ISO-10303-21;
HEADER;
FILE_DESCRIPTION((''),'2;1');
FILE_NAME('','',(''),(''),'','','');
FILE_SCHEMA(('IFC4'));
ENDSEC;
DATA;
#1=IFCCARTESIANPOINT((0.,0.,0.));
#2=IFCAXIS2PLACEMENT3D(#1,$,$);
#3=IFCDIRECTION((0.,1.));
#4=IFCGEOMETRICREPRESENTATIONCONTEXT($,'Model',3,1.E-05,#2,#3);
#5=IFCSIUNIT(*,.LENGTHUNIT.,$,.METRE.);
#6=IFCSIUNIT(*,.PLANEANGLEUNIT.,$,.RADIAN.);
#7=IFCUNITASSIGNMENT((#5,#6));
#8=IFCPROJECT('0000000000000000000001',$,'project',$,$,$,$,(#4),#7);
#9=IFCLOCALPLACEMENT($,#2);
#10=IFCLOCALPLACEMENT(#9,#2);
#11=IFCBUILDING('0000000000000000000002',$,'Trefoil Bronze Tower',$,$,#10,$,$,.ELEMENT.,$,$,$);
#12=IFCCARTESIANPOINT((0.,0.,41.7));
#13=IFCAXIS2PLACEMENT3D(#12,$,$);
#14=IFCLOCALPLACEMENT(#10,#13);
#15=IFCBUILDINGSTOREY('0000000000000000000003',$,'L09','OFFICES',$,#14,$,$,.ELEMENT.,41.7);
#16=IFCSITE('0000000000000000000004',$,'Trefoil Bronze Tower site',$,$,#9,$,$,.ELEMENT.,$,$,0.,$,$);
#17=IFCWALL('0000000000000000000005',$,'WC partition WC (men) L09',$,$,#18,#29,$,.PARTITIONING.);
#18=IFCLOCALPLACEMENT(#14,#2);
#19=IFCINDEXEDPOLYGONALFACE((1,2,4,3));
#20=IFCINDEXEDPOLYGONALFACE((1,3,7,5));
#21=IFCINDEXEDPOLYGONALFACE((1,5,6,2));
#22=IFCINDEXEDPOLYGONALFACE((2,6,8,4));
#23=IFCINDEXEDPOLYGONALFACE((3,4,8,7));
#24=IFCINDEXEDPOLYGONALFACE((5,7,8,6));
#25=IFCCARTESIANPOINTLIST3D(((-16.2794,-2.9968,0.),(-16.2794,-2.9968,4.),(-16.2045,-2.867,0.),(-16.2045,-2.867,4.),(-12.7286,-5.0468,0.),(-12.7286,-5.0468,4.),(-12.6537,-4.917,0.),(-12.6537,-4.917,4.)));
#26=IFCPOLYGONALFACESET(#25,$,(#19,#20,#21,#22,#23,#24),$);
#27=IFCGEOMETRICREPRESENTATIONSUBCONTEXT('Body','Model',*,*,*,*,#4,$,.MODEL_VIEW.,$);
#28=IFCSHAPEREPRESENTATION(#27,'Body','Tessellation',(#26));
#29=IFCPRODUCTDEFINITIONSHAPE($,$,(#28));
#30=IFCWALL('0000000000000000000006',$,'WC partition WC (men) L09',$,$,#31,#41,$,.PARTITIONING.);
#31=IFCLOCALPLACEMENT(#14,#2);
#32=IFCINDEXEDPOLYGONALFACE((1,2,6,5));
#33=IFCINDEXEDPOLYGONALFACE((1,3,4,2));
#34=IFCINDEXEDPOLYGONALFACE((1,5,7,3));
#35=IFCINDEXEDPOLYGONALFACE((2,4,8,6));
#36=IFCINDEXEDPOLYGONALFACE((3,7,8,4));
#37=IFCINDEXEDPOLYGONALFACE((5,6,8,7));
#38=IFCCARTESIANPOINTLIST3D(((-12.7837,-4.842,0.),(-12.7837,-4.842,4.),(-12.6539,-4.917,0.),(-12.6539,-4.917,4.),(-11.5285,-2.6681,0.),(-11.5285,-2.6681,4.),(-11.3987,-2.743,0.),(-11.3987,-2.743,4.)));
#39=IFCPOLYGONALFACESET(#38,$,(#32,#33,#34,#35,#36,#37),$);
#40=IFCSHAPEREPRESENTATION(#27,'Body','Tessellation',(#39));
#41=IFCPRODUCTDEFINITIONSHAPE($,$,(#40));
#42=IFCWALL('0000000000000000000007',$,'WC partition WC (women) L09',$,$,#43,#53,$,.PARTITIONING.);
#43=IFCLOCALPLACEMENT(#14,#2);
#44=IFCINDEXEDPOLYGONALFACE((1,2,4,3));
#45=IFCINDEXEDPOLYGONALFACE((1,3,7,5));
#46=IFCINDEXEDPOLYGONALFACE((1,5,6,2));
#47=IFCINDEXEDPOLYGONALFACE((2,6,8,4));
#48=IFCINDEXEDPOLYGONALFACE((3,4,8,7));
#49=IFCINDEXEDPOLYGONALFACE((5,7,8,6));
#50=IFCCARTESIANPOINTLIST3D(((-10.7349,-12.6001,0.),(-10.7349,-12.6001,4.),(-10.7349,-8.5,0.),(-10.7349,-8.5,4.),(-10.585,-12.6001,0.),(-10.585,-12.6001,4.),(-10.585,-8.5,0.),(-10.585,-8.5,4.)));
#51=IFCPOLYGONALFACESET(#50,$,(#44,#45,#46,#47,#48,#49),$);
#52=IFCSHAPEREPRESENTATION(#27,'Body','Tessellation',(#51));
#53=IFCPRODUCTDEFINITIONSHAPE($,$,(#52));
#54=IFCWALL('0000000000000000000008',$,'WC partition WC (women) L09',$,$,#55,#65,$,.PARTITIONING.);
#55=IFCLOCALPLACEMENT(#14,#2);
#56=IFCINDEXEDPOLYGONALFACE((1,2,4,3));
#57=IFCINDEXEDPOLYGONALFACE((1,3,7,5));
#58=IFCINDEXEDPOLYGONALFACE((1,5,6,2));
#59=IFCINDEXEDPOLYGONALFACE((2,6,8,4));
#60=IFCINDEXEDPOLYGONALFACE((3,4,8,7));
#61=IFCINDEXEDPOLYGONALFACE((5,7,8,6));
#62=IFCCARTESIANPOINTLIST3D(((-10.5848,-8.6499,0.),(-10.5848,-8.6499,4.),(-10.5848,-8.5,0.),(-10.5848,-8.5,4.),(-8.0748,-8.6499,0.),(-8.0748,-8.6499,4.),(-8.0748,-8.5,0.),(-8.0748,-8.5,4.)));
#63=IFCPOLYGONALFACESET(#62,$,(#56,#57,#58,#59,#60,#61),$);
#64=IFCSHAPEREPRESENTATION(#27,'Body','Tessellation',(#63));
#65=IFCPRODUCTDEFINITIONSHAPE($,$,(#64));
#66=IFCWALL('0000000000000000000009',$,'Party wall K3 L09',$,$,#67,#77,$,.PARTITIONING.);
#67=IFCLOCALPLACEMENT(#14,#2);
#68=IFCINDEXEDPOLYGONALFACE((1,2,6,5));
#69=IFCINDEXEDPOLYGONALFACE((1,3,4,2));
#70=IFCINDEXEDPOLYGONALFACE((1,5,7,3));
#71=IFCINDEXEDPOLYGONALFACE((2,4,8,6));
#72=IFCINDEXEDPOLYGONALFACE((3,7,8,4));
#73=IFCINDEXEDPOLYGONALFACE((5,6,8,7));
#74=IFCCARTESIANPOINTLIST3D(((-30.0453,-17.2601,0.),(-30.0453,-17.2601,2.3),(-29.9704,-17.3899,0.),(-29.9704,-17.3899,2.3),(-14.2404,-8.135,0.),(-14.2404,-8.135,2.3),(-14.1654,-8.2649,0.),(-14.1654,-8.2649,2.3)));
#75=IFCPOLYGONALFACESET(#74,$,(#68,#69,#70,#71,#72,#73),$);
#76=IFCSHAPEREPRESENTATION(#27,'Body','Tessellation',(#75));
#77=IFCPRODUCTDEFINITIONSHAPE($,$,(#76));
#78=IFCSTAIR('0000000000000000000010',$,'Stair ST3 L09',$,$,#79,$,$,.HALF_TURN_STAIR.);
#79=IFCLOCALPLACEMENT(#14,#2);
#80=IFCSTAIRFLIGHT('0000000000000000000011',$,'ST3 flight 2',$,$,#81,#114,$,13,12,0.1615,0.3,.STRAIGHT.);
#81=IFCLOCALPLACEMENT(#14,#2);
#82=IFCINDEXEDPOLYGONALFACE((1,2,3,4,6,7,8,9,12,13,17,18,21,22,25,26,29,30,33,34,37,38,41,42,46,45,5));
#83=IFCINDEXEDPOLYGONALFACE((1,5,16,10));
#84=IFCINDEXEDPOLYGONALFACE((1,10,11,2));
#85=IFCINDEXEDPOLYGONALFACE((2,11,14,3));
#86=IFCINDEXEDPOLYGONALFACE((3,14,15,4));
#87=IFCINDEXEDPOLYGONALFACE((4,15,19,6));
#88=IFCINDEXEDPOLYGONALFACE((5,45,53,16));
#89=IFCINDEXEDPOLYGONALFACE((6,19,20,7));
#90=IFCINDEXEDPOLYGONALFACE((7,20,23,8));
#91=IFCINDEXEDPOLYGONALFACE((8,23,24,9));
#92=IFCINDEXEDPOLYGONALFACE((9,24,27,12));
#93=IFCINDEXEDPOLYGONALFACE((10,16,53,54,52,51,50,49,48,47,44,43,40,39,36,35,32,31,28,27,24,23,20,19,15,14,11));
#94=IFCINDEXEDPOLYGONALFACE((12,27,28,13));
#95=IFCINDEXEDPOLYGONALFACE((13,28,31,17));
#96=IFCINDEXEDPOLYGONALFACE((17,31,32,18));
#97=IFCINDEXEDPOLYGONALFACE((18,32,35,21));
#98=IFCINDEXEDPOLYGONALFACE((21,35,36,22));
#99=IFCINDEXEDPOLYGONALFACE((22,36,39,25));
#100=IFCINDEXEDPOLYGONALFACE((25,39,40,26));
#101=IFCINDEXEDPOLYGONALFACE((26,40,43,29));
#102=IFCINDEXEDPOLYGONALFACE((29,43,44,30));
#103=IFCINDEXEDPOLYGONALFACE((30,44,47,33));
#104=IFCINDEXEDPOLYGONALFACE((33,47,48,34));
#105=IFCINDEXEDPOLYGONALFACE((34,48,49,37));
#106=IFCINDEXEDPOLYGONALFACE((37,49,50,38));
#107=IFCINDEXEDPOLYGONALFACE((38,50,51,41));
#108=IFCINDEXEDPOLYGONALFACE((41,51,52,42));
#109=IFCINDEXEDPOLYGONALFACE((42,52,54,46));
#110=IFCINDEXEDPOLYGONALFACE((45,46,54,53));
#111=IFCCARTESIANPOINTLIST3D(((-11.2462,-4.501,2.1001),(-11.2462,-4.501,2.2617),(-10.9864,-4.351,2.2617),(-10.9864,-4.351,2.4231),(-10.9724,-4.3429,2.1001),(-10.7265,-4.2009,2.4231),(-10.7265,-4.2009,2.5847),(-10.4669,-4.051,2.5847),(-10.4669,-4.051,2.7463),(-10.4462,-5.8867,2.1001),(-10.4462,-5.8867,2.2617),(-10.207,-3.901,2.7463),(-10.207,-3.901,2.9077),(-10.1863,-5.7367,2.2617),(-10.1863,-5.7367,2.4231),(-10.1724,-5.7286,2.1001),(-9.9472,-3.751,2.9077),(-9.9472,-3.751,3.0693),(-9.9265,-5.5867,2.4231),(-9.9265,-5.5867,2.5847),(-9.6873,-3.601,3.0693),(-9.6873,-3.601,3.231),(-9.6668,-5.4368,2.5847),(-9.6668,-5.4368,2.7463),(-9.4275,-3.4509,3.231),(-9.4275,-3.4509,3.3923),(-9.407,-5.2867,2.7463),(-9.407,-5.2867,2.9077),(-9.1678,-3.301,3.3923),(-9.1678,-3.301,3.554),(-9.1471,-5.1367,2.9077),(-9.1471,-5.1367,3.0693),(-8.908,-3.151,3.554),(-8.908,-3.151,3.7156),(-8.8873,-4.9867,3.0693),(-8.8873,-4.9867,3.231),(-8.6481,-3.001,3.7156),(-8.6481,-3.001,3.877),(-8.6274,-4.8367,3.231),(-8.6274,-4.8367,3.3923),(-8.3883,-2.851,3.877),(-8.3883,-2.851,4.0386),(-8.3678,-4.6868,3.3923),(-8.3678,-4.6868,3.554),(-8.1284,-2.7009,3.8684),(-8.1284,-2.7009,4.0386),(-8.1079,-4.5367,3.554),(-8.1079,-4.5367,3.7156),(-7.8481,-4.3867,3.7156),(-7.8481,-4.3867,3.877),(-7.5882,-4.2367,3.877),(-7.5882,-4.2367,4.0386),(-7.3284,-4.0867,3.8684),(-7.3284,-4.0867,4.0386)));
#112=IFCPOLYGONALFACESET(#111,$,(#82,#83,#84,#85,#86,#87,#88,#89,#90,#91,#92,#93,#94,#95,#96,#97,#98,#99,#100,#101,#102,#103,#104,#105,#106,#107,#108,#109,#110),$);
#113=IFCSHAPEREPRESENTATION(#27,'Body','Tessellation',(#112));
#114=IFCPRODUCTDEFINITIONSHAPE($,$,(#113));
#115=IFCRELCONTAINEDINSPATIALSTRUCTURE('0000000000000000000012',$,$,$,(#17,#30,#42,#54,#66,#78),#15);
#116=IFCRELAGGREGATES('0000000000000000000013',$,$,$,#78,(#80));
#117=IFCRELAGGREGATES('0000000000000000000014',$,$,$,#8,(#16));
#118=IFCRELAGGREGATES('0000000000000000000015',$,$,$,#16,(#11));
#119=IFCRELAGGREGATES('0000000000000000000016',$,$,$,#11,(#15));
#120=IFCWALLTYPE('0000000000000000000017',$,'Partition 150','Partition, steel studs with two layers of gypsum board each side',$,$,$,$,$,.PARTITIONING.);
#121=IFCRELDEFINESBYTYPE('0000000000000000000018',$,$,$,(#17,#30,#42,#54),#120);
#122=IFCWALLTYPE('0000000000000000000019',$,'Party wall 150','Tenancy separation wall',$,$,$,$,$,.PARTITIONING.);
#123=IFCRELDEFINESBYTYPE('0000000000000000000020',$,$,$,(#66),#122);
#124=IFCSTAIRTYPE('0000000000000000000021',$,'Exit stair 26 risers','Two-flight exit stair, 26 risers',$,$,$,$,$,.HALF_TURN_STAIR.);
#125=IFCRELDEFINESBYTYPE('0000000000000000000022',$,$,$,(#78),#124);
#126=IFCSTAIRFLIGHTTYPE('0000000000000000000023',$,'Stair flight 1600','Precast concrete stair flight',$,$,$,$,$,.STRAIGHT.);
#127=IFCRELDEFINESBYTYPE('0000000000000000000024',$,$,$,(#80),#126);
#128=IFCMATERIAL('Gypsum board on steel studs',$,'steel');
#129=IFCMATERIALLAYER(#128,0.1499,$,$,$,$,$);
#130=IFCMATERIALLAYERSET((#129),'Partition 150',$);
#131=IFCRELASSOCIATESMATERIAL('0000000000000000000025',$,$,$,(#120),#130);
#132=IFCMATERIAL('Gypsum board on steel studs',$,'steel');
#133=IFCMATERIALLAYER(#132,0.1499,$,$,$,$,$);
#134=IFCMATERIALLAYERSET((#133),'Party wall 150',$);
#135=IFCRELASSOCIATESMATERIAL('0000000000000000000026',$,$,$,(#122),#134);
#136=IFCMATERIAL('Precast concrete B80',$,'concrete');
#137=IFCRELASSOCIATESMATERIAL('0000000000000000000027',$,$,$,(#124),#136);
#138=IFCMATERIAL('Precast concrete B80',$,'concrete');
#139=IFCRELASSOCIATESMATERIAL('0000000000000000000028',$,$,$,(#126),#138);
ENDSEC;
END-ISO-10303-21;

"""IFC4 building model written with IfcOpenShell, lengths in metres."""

from ifc_helpers import new_model, si_unit, direction, frame, frame_2d, origin, place, context, subcontext, project, spatial, polyline, rectangle, outline, extrude, material, layer, layer_set, type_object, element, aggregate, save


model = new_model("IFC4")

# Units and contexts
model_context = context("Model", 3, precision=1e-05, world=origin(), true_north=direction((0.0, 1.0)))
body_context = subcontext(model_context, "Body", "Model", "MODEL_VIEW")
ifc_project = project(units=[si_unit("LENGTHUNIT", "METRE"), si_unit("PLANEANGLEUNIT", "RADIAN")], contexts=[model_context])

# Site, building, storey
site_placement = place(None, origin())
site = spatial("IfcSite", under=ifc_project, at=site_placement, Name="Trefoil Bronze Tower site", CompositionType="ELEMENT", RefElevation=0.0)
building_placement = place(site_placement, origin())
building = spatial("IfcBuilding", under=site, at=building_placement, Name="Trefoil Bronze Tower", CompositionType="ELEMENT")
storey_placement = place(building_placement, frame((0.0, 0.0, 41.7)))
storey = spatial("IfcBuildingStorey", under=building, at=storey_placement, Name="L09", Description="OFFICES", CompositionType="ELEMENT", Elevation=41.7)

# Shared definitions
ifc_material_1 = material(Name="Gypsum board on steel studs", Category="steel")
ifc_layer_1 = layer(ifc_material_1, 0.1499)
ifc_layer_set_1 = layer_set([ifc_layer_1], Name="Partition 150")
wall_type_1 = type_object("IfcWallType", Name="Partition 150", Description="Partition, steel studs with two layers of gypsum board each side", PredefinedType="PARTITIONING", material=ifc_layer_set_1)

# Walls
wall_1_placement = place(storey_placement, frame((-12.6912, -4.9819, 0.0), z_axis=(0.0, 0.0, 1.0), x_axis=(-0.866025, 0.500001, 0.0)))
element("IfcWall", 1, at=wall_1_placement, inside=storey, type_object=wall_type_1, Name="WC partition WC (men) L09", PredefinedType="PARTITIONING", context=body_context, shape_type="SweptSolid", body=[
    extrude(rectangle(XDim=4.1001, YDim=0.1499, at=frame_2d((2.05, 0.0))), origin(), (0.0, 0.0, 1.0), 4.0),
])
wall_2_placement = place(storey_placement, frame((-11.4636, -2.7056, 0.0), z_axis=(0.0, 0.0, 1.0), x_axis=(-0.50002, -0.866014, 0.0)))
element("IfcWall", 2, at=wall_2_placement, inside=storey, type_object=wall_type_1, Name="WC partition WC (men) L09", PredefinedType="PARTITIONING", context=body_context, shape_type="SweptSolid", body=[
    extrude(rectangle(XDim=2.5103, YDim=0.1499, at=frame_2d((1.2551, 0.0))), origin(), (0.0, 0.0, 1.0), 4.0),
])
wall_3_placement = place(storey_placement, frame((-10.6599, -8.5, 0.0), z_axis=(0.0, 0.0, 1.0), x_axis=(0.0, -1.0, 0.0)))
element("IfcWall", 3, at=wall_3_placement, inside=storey, type_object=wall_type_1, Name="WC partition WC (women) L09", PredefinedType="PARTITIONING", context=body_context, shape_type="SweptSolid", body=[
    extrude(rectangle(XDim=4.1001, YDim=0.1499, at=frame_2d((2.05, 0.0))), origin(), (0.0, 0.0, 1.0), 4.0),
])
wall_4_placement = place(storey_placement, frame((-8.075, -8.575, 0.0), z_axis=(0.0, 0.0, 1.0), x_axis=(-1.0, 0.0, 0.0)))
element("IfcWall", 4, at=wall_4_placement, inside=storey, type_object=wall_type_1, Name="WC partition WC (women) L09", PredefinedType="PARTITIONING", context=body_context, shape_type="SweptSolid", body=[
    extrude(rectangle(XDim=2.51, YDim=0.1499, at=frame_2d((1.2549, 0.0))), origin(), (0.0, 0.0, 1.0), 4.0),
])
ifc_material_2 = material(Name="Gypsum board on steel studs", Category="steel")
ifc_layer_2 = layer(ifc_material_2, 0.1499)
ifc_layer_set_2 = layer_set([ifc_layer_2], Name="Party wall 150")
wall_type_2 = type_object("IfcWallType", Name="Party wall 150", Description="Tenancy separation wall", PredefinedType="PARTITIONING", material=ifc_layer_set_2)
wall_5_placement = place(storey_placement, frame((-14.2029, -8.2, 0.0), z_axis=(0.0, 0.0, 1.0), x_axis=(-0.866025, -0.500001, 0.0)))
element("IfcWall", 5, at=wall_5_placement, inside=storey, type_object=wall_type_2, Name="Party wall K3 L09", PredefinedType="PARTITIONING", context=body_context, shape_type="SweptSolid", body=[
    extrude(rectangle(XDim=18.25, YDim=0.1499, at=frame_2d((9.125, 0.0))), origin(), (0.0, 0.0, 1.0), 2.3),
])

# Stair, stair flight
ifc_material_3 = material(Name="Precast concrete B80", Category="concrete")
stair_type = type_object("IfcStairType", Name="Exit stair 26 risers", Description="Two-flight exit stair, 26 risers", PredefinedType="HALF_TURN_STAIR", material=ifc_material_3)
stair_placement = place(storey_placement, origin())
stair = element("IfcStair", 6, at=stair_placement, inside=storey, type_object=stair_type, Name="Stair ST3 L09", PredefinedType="HALF_TURN_STAIR")
ifc_material_4 = material(Name="Precast concrete B80", Category="concrete")
stair_flight_type = type_object("IfcStairFlightType", Name="Stair flight 1600", Description="Precast concrete stair flight", PredefinedType="STRAIGHT", material=ifc_material_4)
stair_flight_placement = place(storey_placement, frame((-10.8462, -5.1938, 2.1001), z_axis=(0.0, 0.0, 1.0), x_axis=(0.866025, 0.5, 0.0)))
stair_flight = element("IfcStairFlight", 7, at=stair_flight_placement, type_object=stair_flight_type, Name="ST3 flight 2", NumberOfRisers=13, NumberOfTreads=12, PredefinedType="STRAIGHT", RiserHeight=0.1615, TreadLength=0.3, context=body_context, shape_type="SweptSolid", body=[
    extrude(outline(polyline([(0.0, 0.0), (0.0, 0.1616), (0.3, 0.1616), (0.3, 0.323), (0.6001, 0.323), (0.6001, 0.4846), (0.8999, 0.4846), (0.8999, 0.6462), (1.2, 0.6462), (1.2, 0.8076), (1.5, 0.8076), (1.5, 0.9692), (1.8, 0.9692), (1.8, 1.1309), (2.1001, 1.1309), (2.1001, 1.2922), (2.3999, 1.2922), (2.3999, 1.4539), (2.7, 1.4539), (2.7, 1.6155), (3.0, 1.6155), (3.0, 1.7769), (3.3, 1.7769), (3.3, 1.9385), (3.6001, 1.9385), (3.6001, 2.1001), (3.6001, 1.7683), (0.3162, 0.0), (0.0, 0.0)])), frame((0.0, 0.8, 0.0), z_axis=(0.0, -1.0, 0.0), x_axis=(1.0, 0.0, 0.0)), (0.0, 0.0, 1.0), 1.6001),
])
aggregate(stair, [stair_flight])

save(model, "model.ifc")
